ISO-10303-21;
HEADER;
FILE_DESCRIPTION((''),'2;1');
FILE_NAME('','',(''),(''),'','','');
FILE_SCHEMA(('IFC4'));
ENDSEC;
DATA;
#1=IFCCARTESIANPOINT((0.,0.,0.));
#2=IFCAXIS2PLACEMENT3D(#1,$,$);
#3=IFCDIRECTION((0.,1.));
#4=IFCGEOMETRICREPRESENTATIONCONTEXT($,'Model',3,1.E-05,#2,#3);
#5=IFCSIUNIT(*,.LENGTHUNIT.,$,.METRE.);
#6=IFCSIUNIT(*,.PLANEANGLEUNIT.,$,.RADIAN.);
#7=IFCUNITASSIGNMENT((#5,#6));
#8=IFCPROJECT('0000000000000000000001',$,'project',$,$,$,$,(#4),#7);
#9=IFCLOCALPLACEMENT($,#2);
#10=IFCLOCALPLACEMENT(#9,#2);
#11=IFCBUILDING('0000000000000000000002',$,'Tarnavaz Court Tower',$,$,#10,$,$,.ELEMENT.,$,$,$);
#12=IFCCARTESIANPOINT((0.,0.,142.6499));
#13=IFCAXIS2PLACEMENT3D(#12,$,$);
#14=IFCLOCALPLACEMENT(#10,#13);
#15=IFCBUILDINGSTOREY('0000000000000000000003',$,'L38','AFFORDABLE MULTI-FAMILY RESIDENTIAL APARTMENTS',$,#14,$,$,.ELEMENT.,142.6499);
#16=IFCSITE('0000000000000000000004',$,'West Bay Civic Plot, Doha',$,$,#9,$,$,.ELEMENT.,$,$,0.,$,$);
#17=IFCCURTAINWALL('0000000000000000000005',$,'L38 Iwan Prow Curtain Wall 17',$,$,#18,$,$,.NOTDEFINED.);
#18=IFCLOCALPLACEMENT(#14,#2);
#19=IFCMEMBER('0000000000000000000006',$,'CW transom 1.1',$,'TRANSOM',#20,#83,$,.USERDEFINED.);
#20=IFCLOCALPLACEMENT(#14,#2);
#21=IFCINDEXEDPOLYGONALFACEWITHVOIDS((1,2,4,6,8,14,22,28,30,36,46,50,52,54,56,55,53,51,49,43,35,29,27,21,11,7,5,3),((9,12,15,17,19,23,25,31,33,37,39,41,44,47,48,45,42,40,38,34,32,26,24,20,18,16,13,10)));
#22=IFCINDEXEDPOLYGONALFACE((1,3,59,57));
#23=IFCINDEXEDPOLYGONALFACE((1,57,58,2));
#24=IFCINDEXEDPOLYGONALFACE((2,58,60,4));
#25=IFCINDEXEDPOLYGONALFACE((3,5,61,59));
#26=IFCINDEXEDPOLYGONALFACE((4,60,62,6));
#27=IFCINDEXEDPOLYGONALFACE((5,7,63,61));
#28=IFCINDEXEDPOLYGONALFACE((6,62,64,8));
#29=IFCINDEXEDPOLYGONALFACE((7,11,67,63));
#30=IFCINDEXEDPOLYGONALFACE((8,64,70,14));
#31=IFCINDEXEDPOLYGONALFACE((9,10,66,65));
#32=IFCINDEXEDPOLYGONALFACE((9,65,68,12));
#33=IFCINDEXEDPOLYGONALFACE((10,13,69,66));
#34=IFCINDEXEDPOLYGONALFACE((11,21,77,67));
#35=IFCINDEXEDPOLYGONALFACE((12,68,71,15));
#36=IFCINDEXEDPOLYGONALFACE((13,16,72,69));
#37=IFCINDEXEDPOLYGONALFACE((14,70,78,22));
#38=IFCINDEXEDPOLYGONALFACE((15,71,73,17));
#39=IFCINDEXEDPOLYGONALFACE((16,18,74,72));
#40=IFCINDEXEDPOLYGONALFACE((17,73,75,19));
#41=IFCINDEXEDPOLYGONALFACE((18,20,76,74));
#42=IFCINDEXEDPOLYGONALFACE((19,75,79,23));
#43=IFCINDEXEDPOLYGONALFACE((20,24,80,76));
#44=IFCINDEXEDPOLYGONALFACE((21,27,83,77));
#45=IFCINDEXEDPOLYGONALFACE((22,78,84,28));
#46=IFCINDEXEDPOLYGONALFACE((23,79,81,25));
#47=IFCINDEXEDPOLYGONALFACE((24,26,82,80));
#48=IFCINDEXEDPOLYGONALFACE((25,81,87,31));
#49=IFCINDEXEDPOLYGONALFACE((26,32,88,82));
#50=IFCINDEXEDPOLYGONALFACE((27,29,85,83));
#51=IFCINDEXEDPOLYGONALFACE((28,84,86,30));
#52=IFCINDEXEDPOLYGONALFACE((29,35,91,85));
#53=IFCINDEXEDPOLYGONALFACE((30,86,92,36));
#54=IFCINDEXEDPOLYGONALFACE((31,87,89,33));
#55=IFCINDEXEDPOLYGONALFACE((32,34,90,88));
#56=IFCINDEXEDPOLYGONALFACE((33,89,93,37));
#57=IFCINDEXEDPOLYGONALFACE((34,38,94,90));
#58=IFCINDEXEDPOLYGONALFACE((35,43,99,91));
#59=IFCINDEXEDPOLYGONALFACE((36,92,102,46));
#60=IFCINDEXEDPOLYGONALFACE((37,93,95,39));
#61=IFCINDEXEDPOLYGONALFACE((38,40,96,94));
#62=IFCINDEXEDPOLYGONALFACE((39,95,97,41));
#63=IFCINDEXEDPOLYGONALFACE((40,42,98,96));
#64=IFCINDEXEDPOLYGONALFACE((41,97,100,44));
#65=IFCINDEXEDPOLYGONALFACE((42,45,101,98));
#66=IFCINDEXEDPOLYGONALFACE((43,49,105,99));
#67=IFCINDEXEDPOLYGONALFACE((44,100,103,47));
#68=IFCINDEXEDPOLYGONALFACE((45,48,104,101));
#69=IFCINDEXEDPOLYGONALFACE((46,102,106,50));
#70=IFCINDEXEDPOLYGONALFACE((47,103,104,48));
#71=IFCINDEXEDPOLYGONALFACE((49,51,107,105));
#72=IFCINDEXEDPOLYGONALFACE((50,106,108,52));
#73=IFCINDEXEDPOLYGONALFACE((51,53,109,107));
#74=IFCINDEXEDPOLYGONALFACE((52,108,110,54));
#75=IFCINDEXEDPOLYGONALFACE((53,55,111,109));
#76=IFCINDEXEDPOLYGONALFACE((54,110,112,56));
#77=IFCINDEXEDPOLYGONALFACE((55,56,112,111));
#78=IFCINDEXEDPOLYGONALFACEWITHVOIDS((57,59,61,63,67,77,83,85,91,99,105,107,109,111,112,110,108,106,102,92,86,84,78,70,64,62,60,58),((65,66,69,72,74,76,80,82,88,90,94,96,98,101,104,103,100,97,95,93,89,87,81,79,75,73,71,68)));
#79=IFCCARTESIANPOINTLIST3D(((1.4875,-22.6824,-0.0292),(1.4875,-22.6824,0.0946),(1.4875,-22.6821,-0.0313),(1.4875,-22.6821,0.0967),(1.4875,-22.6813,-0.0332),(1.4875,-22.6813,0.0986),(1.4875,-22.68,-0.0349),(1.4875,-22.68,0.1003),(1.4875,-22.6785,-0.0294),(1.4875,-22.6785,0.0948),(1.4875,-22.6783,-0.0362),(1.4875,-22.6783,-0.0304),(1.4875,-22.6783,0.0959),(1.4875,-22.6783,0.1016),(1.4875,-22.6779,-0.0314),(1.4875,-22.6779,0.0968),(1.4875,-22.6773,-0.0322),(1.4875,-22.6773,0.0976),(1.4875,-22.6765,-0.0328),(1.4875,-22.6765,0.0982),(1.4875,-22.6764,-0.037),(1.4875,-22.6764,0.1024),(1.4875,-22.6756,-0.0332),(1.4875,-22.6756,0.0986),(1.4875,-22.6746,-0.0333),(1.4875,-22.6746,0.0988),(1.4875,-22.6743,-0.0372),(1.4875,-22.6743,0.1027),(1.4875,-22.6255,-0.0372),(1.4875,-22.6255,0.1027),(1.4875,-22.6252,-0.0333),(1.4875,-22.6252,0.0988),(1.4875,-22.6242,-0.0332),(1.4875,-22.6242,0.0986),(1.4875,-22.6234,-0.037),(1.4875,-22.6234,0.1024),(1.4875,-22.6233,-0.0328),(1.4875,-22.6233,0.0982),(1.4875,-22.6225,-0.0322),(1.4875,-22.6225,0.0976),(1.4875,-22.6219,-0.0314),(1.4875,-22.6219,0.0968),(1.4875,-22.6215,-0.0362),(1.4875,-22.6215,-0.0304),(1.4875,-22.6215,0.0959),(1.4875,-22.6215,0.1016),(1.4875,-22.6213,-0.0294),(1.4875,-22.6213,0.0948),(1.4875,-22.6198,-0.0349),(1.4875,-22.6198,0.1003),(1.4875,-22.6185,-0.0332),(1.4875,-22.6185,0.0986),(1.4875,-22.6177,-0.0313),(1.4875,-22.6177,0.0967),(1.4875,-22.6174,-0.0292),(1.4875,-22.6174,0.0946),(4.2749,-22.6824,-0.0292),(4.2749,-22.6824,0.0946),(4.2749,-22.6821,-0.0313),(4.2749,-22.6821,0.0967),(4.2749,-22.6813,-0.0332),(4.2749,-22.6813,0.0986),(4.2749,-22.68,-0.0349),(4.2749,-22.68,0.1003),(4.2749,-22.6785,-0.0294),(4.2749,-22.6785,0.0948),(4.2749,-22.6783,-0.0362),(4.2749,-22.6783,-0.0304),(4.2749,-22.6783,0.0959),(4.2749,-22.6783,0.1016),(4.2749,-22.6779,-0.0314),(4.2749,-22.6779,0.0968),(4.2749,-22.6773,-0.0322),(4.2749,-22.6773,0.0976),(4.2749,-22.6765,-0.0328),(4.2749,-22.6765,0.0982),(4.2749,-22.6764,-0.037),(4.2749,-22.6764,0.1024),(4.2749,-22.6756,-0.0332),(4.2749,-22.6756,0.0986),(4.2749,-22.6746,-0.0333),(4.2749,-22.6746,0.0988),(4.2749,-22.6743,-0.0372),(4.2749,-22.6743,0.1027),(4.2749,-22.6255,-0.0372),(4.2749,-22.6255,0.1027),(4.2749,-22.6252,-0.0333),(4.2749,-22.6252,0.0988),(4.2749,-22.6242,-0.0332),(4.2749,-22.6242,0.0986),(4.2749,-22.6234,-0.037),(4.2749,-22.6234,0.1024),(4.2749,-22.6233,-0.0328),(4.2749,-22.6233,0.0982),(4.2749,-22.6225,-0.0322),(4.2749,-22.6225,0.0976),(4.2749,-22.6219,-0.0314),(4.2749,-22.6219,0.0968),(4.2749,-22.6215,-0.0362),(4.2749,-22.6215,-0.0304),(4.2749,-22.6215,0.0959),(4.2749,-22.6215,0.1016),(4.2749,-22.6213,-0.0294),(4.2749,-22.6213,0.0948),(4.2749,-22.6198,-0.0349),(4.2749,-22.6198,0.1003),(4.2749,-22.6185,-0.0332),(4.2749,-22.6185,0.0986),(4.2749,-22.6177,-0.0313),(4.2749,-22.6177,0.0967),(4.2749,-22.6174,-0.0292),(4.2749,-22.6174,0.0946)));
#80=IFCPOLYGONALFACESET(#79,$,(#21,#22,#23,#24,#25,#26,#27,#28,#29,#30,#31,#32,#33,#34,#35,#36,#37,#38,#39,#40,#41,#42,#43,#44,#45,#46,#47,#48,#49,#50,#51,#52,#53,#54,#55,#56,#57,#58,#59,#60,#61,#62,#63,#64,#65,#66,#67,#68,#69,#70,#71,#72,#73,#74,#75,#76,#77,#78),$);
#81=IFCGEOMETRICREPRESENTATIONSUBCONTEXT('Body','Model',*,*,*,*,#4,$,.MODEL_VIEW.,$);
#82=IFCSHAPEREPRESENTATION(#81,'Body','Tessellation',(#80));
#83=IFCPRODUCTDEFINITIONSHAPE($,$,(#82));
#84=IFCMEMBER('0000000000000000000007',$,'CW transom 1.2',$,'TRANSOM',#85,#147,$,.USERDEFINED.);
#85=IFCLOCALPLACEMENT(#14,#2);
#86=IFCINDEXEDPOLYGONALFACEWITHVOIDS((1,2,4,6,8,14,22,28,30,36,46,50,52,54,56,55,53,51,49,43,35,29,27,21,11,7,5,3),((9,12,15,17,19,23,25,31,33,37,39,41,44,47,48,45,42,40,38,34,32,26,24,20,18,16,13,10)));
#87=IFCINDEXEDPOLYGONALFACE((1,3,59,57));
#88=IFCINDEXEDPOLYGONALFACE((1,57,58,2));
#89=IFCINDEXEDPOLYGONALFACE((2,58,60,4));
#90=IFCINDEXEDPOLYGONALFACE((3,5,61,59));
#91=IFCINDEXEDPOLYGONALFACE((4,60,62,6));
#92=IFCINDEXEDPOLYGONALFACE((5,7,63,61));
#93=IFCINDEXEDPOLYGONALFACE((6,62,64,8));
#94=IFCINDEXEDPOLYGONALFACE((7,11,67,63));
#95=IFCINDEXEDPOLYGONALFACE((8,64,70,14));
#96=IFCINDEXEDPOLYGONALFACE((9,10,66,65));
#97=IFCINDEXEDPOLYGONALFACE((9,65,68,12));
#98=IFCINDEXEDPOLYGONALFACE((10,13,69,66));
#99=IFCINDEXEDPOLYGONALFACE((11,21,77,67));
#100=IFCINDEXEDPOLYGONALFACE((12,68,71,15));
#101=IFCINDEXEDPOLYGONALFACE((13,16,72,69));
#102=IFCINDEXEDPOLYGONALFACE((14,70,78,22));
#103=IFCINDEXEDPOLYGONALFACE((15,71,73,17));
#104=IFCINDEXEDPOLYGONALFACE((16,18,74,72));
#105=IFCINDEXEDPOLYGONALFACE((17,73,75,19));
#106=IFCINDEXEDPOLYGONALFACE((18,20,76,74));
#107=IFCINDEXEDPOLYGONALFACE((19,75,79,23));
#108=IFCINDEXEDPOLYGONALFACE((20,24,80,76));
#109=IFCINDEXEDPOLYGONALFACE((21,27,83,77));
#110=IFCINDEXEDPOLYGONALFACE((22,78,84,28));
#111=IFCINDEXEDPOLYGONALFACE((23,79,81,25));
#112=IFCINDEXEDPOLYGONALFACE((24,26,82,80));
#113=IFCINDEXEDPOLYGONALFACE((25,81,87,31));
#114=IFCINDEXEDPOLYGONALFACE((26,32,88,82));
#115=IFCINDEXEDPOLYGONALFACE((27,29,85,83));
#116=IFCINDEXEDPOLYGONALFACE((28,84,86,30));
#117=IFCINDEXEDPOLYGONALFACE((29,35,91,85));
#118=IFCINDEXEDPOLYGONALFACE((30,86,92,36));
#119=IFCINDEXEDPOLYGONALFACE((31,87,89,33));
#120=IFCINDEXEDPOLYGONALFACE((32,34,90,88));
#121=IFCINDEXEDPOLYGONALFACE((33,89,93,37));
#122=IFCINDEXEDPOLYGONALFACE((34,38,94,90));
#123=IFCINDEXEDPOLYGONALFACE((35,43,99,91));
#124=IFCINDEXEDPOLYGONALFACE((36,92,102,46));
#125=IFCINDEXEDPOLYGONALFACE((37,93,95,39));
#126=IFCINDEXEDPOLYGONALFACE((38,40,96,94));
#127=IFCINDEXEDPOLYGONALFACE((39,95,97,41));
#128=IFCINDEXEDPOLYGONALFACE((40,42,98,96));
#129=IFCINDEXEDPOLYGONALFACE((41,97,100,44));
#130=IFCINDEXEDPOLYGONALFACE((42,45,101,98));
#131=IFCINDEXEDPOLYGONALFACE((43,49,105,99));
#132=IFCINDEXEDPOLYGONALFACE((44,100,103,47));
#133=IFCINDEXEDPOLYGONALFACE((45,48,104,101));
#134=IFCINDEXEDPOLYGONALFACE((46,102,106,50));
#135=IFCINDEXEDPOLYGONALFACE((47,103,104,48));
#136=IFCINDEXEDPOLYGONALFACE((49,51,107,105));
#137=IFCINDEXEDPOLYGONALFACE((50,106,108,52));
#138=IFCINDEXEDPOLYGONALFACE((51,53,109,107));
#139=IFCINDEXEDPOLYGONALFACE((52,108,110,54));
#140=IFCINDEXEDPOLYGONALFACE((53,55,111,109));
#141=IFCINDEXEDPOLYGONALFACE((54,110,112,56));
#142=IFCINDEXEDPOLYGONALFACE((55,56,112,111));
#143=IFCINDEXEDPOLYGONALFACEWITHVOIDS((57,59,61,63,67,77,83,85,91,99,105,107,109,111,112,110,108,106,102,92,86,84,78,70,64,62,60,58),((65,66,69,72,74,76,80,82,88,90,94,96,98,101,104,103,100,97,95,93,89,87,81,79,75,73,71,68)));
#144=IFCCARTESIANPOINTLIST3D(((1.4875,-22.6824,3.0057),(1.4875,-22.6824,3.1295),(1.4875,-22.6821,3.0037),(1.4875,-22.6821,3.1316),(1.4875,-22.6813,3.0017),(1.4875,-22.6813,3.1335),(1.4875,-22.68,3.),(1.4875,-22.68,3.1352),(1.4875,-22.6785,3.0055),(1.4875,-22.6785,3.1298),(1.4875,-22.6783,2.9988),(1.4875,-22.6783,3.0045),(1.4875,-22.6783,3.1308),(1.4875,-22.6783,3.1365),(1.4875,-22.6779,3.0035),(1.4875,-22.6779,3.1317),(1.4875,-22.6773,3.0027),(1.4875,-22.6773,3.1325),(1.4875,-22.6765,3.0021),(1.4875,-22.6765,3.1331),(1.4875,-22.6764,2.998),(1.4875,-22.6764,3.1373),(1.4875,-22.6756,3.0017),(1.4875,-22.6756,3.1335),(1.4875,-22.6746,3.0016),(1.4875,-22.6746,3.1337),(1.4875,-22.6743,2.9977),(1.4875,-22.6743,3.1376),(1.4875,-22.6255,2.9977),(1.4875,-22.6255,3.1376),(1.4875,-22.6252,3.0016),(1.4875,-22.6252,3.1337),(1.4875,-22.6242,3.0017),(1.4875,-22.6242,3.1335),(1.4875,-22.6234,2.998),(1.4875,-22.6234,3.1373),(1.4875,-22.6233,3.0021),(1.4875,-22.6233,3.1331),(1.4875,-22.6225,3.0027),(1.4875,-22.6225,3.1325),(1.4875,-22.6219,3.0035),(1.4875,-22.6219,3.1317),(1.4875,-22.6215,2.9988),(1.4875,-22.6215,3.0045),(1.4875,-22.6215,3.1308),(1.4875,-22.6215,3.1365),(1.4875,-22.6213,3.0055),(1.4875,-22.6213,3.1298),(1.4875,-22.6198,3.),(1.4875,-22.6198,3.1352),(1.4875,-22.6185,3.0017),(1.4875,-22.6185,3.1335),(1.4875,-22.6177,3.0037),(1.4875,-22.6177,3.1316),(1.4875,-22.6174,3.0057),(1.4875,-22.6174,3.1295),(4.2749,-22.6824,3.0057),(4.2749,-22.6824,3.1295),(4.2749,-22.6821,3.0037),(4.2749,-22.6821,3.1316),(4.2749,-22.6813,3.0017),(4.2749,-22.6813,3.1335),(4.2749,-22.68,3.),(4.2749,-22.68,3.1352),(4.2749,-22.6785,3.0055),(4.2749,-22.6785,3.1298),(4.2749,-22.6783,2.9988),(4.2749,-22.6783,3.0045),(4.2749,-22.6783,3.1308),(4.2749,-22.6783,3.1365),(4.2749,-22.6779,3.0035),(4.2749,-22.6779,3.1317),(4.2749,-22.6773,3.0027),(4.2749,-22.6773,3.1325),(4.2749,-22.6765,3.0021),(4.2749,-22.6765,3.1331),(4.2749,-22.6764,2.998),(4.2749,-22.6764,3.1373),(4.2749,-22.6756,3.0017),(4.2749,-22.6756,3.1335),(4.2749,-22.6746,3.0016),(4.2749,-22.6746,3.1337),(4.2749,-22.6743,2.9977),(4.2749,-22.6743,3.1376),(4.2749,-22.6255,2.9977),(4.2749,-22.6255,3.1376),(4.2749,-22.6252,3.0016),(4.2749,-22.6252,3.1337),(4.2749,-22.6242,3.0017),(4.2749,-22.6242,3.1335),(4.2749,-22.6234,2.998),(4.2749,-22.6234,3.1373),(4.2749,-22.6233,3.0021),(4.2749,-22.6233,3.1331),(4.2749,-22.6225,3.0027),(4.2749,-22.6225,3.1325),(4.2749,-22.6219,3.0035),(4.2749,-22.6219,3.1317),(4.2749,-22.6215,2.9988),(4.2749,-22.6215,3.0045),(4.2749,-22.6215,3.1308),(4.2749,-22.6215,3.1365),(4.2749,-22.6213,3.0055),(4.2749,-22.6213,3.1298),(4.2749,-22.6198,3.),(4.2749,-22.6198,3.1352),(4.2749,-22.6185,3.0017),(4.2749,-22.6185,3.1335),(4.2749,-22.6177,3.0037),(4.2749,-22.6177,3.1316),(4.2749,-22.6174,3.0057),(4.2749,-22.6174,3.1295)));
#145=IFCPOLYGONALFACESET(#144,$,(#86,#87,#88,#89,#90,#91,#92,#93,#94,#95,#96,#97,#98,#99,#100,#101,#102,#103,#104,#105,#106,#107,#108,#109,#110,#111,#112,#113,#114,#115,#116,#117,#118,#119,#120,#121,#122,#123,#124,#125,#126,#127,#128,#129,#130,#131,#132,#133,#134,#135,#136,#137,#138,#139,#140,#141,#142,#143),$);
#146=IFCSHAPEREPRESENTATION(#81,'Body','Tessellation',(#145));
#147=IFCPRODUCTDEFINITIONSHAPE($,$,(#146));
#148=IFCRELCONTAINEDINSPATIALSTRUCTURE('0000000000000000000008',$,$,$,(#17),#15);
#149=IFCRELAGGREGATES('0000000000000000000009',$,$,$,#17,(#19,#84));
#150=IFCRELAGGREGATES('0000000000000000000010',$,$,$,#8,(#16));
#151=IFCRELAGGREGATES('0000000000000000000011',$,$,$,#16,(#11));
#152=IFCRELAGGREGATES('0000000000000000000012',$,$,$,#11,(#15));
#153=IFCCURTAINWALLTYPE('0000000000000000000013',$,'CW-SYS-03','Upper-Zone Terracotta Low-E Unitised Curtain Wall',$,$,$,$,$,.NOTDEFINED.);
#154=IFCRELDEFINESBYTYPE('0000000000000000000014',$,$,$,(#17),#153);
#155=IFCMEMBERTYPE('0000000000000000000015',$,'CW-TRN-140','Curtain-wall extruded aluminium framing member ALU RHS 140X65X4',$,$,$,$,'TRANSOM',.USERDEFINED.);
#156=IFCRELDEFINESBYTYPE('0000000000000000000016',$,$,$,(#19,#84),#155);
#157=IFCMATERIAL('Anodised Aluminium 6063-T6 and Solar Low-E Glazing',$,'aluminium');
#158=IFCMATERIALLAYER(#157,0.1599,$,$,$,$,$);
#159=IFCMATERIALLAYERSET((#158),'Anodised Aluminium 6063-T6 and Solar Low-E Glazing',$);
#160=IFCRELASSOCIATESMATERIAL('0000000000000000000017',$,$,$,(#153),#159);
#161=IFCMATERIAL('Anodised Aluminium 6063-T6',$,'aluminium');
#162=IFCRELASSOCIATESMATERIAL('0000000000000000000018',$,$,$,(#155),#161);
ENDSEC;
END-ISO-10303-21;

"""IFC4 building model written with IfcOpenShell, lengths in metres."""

from ifc_helpers import new_model, si_unit, direction, frame, origin, origin_2d, place, context, subcontext, project, spatial, hollow_rectangle, extrude, material, layer, layer_set, material_profile, profile_set, type_object, element, aggregate, save


model = new_model("IFC4")

# Units and contexts
model_context = context("Model", 3, precision=1e-05, world=origin(), true_north=direction((0.0, 1.0)))
body_context = subcontext(model_context, "Body", "Model", "MODEL_VIEW")
ifc_project = project(units=[si_unit("LENGTHUNIT", "METRE"), si_unit("PLANEANGLEUNIT", "RADIAN")], contexts=[model_context])

# Site, building, storey
site_placement = place(None, origin())
site = spatial("IfcSite", under=ifc_project, at=site_placement, Name="West Bay Civic Plot, Doha", CompositionType="ELEMENT", RefElevation=0.0)
building_placement = place(site_placement, origin())
building = spatial("IfcBuilding", under=site, at=building_placement, Name="Tarnavaz Court Tower", CompositionType="ELEMENT")
storey_placement = place(building_placement, frame((0.0, 0.0, 142.6499)))
storey = spatial("IfcBuildingStorey", under=building, at=storey_placement, Name="L38", Description="AFFORDABLE MULTI-FAMILY RESIDENTIAL APARTMENTS", CompositionType="ELEMENT", Elevation=142.6499)

# Curtain wall, members
ifc_material_1 = material(Name="Anodised Aluminium 6063-T6 and Solar Low-E Glazing", Category="aluminium")
ifc_layer_1 = layer(ifc_material_1, 0.1599)
ifc_layer_set_1 = layer_set([ifc_layer_1], Name="Anodised Aluminium 6063-T6 and Solar Low-E Glazing")
curtain_wall_type = type_object("IfcCurtainWallType", Name="CW-SYS-03", Description="Upper-Zone Terracotta Low-E Unitised Curtain Wall", PredefinedType="NOTDEFINED", material=ifc_layer_set_1)
curtain_wall_placement = place(storey_placement, origin())
curtain_wall = element("IfcCurtainWall", 1, at=curtain_wall_placement, inside=storey, type_object=curtain_wall_type, Name="L38 Iwan Prow Curtain Wall 17", PredefinedType="NOTDEFINED")
ifc_material_2 = material(Name="Anodised Aluminium 6063-T6", Category="aluminium")
ifc_material_profile_1 = material_profile(ifc_material_2, hollow_rectangle(XDim=0.0649, YDim=0.1399, WallThickness=0.0039, InnerFilletRadius=0.0039, OuterFilletRadius=0.0081, at=origin_2d()), Name="ALU RHS 140X65X4")
ifc_profile_set_1 = profile_set([ifc_material_profile_1], Name="Anodised Aluminium 6063-T6")
member_type_1 = type_object("IfcMemberType", Name="CW-TRN-140", Description="Curtain-wall extruded aluminium framing member ALU RHS 140X65X4", ElementType="TRANSOM", PredefinedType="USERDEFINED", material=ifc_profile_set_1)
member_1_placement = place(storey_placement, frame((4.2749, -22.6499, 0.0327), z_axis=(-1.0, 0.0, 0.0), x_axis=(0.0, -1.0, 0.0)))
member_1 = element("IfcMember", 2, at=member_1_placement, type_object=member_type_1, Name="CW transom 1.1", ObjectType="TRANSOM", PredefinedType="USERDEFINED", context=body_context, shape_type="SweptSolid", body=[
    extrude(hollow_rectangle(XDim=0.0649, YDim=0.1399, WallThickness=0.0039, InnerFilletRadius=0.0039, OuterFilletRadius=0.0081, at=origin_2d()), origin(), (0.0, 0.0, 1.0), 2.7874),
])
member_2_placement = place(storey_placement, frame((4.2749, -22.6499, 3.0676), z_axis=(-1.0, 0.0, 0.0), x_axis=(0.0, -1.0, 0.0)))
member_2 = element("IfcMember", 3, at=member_2_placement, type_object=member_type_1, Name="CW transom 1.2", ObjectType="TRANSOM", PredefinedType="USERDEFINED", context=body_context, shape_type="SweptSolid", body=[
    extrude(hollow_rectangle(XDim=0.0649, YDim=0.1399, WallThickness=0.0039, InnerFilletRadius=0.0039, OuterFilletRadius=0.0081, at=origin_2d()), origin(), (0.0, 0.0, 1.0), 2.7874),
])
aggregate(curtain_wall, [member_1, member_2])

save(model, "model.ifc")
